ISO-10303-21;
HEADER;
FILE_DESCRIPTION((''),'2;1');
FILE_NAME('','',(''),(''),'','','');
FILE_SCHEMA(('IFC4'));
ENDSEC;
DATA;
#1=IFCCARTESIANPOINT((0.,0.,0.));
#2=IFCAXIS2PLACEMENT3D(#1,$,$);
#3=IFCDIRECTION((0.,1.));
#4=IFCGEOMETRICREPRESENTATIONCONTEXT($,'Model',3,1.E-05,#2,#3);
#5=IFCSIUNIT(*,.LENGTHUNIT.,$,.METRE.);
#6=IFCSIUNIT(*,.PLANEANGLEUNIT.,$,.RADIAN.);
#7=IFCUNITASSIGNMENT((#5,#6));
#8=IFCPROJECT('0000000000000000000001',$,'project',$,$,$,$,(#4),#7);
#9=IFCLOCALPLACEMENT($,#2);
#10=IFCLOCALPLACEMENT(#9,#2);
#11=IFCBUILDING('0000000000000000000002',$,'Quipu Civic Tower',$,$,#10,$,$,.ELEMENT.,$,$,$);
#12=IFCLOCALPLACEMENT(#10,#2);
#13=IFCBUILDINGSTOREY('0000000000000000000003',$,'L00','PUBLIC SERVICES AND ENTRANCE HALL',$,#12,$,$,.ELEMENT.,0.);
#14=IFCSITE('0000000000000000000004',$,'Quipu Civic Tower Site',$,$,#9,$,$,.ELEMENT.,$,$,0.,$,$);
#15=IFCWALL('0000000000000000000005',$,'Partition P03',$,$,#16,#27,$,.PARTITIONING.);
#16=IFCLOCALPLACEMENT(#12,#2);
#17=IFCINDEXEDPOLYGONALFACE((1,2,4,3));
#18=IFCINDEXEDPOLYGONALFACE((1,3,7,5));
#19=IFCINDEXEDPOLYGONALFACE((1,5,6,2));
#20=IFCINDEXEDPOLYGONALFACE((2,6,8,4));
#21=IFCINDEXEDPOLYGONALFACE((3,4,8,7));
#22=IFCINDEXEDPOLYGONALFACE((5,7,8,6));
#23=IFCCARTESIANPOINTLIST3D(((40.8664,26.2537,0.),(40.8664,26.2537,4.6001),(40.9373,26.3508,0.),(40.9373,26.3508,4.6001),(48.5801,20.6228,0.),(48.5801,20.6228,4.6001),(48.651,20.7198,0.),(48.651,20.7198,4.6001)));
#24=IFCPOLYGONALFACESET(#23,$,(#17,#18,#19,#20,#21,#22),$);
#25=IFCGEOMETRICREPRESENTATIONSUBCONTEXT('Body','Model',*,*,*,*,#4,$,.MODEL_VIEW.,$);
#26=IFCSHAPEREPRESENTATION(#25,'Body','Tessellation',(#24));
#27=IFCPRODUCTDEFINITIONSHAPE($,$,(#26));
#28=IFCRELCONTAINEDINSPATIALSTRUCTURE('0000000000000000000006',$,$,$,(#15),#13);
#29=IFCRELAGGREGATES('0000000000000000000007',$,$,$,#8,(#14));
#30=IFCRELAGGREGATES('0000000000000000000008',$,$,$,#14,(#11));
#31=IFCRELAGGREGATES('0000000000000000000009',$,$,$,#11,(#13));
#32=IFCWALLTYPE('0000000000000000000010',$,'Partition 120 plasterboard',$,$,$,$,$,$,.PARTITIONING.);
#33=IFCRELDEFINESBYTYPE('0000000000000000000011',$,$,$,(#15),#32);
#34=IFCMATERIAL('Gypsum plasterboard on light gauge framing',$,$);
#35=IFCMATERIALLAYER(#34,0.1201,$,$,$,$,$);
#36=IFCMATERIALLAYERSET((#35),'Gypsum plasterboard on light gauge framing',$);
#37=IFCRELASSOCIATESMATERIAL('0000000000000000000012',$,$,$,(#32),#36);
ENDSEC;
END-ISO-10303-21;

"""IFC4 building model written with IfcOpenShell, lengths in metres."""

from ifc_helpers import new_model, si_unit, direction, frame, frame_2d, origin, place, context, subcontext, project, spatial, rectangle, extrude, material, layer, layer_set, type_object, element, save


model = new_model("IFC4")

# Units and contexts
model_context = context("Model", 3, precision=1e-05, world=origin(), true_north=direction((0.0, 1.0)))
body_context = subcontext(model_context, "Body", "Model", "MODEL_VIEW")
ifc_project = project(units=[si_unit("LENGTHUNIT", "METRE"), si_unit("PLANEANGLEUNIT", "RADIAN")], contexts=[model_context])

# Site, building, storey
site_placement = place(None, origin())
site = spatial("IfcSite", under=ifc_project, at=site_placement, Name="Quipu Civic Tower Site", CompositionType="ELEMENT", RefElevation=0.0)
building_placement = place(site_placement, origin())
building = spatial("IfcBuilding", under=site, at=building_placement, Name="Quipu Civic Tower", CompositionType="ELEMENT")
storey_placement = place(building_placement, origin())
storey = spatial("IfcBuildingStorey", under=building, at=storey_placement, Name="L00", Description="PUBLIC SERVICES AND ENTRANCE HALL", CompositionType="ELEMENT", Elevation=0.0)

# Wall
ifc_material_1 = material(Name="Gypsum plasterboard on light gauge framing")
ifc_layer_1 = layer(ifc_material_1, 0.1201)
ifc_layer_set_1 = layer_set([ifc_layer_1], Name="Gypsum plasterboard on light gauge framing")
wall_type = type_object("IfcWallType", Name="Partition 120 plasterboard", PredefinedType="PARTITIONING", material=ifc_layer_set_1)
wall_placement = place(storey_placement, frame((40.9019, 26.3022, 0.0), z_axis=(0.0, 0.0, 1.0), x_axis=(0.807691, -0.589606, 0.0)))
element("IfcWall", 1, at=wall_placement, inside=storey, type_object=wall_type, Name="Partition P03", PredefinedType="PARTITIONING", context=body_context, shape_type="SweptSolid", body=[
    extrude(rectangle(XDim=9.5503, YDim=0.1201, at=frame_2d((4.7751, 0.0))), origin(), (0.0, 0.0, 1.0), 4.6001),
])

save(model, "model.ifc")
